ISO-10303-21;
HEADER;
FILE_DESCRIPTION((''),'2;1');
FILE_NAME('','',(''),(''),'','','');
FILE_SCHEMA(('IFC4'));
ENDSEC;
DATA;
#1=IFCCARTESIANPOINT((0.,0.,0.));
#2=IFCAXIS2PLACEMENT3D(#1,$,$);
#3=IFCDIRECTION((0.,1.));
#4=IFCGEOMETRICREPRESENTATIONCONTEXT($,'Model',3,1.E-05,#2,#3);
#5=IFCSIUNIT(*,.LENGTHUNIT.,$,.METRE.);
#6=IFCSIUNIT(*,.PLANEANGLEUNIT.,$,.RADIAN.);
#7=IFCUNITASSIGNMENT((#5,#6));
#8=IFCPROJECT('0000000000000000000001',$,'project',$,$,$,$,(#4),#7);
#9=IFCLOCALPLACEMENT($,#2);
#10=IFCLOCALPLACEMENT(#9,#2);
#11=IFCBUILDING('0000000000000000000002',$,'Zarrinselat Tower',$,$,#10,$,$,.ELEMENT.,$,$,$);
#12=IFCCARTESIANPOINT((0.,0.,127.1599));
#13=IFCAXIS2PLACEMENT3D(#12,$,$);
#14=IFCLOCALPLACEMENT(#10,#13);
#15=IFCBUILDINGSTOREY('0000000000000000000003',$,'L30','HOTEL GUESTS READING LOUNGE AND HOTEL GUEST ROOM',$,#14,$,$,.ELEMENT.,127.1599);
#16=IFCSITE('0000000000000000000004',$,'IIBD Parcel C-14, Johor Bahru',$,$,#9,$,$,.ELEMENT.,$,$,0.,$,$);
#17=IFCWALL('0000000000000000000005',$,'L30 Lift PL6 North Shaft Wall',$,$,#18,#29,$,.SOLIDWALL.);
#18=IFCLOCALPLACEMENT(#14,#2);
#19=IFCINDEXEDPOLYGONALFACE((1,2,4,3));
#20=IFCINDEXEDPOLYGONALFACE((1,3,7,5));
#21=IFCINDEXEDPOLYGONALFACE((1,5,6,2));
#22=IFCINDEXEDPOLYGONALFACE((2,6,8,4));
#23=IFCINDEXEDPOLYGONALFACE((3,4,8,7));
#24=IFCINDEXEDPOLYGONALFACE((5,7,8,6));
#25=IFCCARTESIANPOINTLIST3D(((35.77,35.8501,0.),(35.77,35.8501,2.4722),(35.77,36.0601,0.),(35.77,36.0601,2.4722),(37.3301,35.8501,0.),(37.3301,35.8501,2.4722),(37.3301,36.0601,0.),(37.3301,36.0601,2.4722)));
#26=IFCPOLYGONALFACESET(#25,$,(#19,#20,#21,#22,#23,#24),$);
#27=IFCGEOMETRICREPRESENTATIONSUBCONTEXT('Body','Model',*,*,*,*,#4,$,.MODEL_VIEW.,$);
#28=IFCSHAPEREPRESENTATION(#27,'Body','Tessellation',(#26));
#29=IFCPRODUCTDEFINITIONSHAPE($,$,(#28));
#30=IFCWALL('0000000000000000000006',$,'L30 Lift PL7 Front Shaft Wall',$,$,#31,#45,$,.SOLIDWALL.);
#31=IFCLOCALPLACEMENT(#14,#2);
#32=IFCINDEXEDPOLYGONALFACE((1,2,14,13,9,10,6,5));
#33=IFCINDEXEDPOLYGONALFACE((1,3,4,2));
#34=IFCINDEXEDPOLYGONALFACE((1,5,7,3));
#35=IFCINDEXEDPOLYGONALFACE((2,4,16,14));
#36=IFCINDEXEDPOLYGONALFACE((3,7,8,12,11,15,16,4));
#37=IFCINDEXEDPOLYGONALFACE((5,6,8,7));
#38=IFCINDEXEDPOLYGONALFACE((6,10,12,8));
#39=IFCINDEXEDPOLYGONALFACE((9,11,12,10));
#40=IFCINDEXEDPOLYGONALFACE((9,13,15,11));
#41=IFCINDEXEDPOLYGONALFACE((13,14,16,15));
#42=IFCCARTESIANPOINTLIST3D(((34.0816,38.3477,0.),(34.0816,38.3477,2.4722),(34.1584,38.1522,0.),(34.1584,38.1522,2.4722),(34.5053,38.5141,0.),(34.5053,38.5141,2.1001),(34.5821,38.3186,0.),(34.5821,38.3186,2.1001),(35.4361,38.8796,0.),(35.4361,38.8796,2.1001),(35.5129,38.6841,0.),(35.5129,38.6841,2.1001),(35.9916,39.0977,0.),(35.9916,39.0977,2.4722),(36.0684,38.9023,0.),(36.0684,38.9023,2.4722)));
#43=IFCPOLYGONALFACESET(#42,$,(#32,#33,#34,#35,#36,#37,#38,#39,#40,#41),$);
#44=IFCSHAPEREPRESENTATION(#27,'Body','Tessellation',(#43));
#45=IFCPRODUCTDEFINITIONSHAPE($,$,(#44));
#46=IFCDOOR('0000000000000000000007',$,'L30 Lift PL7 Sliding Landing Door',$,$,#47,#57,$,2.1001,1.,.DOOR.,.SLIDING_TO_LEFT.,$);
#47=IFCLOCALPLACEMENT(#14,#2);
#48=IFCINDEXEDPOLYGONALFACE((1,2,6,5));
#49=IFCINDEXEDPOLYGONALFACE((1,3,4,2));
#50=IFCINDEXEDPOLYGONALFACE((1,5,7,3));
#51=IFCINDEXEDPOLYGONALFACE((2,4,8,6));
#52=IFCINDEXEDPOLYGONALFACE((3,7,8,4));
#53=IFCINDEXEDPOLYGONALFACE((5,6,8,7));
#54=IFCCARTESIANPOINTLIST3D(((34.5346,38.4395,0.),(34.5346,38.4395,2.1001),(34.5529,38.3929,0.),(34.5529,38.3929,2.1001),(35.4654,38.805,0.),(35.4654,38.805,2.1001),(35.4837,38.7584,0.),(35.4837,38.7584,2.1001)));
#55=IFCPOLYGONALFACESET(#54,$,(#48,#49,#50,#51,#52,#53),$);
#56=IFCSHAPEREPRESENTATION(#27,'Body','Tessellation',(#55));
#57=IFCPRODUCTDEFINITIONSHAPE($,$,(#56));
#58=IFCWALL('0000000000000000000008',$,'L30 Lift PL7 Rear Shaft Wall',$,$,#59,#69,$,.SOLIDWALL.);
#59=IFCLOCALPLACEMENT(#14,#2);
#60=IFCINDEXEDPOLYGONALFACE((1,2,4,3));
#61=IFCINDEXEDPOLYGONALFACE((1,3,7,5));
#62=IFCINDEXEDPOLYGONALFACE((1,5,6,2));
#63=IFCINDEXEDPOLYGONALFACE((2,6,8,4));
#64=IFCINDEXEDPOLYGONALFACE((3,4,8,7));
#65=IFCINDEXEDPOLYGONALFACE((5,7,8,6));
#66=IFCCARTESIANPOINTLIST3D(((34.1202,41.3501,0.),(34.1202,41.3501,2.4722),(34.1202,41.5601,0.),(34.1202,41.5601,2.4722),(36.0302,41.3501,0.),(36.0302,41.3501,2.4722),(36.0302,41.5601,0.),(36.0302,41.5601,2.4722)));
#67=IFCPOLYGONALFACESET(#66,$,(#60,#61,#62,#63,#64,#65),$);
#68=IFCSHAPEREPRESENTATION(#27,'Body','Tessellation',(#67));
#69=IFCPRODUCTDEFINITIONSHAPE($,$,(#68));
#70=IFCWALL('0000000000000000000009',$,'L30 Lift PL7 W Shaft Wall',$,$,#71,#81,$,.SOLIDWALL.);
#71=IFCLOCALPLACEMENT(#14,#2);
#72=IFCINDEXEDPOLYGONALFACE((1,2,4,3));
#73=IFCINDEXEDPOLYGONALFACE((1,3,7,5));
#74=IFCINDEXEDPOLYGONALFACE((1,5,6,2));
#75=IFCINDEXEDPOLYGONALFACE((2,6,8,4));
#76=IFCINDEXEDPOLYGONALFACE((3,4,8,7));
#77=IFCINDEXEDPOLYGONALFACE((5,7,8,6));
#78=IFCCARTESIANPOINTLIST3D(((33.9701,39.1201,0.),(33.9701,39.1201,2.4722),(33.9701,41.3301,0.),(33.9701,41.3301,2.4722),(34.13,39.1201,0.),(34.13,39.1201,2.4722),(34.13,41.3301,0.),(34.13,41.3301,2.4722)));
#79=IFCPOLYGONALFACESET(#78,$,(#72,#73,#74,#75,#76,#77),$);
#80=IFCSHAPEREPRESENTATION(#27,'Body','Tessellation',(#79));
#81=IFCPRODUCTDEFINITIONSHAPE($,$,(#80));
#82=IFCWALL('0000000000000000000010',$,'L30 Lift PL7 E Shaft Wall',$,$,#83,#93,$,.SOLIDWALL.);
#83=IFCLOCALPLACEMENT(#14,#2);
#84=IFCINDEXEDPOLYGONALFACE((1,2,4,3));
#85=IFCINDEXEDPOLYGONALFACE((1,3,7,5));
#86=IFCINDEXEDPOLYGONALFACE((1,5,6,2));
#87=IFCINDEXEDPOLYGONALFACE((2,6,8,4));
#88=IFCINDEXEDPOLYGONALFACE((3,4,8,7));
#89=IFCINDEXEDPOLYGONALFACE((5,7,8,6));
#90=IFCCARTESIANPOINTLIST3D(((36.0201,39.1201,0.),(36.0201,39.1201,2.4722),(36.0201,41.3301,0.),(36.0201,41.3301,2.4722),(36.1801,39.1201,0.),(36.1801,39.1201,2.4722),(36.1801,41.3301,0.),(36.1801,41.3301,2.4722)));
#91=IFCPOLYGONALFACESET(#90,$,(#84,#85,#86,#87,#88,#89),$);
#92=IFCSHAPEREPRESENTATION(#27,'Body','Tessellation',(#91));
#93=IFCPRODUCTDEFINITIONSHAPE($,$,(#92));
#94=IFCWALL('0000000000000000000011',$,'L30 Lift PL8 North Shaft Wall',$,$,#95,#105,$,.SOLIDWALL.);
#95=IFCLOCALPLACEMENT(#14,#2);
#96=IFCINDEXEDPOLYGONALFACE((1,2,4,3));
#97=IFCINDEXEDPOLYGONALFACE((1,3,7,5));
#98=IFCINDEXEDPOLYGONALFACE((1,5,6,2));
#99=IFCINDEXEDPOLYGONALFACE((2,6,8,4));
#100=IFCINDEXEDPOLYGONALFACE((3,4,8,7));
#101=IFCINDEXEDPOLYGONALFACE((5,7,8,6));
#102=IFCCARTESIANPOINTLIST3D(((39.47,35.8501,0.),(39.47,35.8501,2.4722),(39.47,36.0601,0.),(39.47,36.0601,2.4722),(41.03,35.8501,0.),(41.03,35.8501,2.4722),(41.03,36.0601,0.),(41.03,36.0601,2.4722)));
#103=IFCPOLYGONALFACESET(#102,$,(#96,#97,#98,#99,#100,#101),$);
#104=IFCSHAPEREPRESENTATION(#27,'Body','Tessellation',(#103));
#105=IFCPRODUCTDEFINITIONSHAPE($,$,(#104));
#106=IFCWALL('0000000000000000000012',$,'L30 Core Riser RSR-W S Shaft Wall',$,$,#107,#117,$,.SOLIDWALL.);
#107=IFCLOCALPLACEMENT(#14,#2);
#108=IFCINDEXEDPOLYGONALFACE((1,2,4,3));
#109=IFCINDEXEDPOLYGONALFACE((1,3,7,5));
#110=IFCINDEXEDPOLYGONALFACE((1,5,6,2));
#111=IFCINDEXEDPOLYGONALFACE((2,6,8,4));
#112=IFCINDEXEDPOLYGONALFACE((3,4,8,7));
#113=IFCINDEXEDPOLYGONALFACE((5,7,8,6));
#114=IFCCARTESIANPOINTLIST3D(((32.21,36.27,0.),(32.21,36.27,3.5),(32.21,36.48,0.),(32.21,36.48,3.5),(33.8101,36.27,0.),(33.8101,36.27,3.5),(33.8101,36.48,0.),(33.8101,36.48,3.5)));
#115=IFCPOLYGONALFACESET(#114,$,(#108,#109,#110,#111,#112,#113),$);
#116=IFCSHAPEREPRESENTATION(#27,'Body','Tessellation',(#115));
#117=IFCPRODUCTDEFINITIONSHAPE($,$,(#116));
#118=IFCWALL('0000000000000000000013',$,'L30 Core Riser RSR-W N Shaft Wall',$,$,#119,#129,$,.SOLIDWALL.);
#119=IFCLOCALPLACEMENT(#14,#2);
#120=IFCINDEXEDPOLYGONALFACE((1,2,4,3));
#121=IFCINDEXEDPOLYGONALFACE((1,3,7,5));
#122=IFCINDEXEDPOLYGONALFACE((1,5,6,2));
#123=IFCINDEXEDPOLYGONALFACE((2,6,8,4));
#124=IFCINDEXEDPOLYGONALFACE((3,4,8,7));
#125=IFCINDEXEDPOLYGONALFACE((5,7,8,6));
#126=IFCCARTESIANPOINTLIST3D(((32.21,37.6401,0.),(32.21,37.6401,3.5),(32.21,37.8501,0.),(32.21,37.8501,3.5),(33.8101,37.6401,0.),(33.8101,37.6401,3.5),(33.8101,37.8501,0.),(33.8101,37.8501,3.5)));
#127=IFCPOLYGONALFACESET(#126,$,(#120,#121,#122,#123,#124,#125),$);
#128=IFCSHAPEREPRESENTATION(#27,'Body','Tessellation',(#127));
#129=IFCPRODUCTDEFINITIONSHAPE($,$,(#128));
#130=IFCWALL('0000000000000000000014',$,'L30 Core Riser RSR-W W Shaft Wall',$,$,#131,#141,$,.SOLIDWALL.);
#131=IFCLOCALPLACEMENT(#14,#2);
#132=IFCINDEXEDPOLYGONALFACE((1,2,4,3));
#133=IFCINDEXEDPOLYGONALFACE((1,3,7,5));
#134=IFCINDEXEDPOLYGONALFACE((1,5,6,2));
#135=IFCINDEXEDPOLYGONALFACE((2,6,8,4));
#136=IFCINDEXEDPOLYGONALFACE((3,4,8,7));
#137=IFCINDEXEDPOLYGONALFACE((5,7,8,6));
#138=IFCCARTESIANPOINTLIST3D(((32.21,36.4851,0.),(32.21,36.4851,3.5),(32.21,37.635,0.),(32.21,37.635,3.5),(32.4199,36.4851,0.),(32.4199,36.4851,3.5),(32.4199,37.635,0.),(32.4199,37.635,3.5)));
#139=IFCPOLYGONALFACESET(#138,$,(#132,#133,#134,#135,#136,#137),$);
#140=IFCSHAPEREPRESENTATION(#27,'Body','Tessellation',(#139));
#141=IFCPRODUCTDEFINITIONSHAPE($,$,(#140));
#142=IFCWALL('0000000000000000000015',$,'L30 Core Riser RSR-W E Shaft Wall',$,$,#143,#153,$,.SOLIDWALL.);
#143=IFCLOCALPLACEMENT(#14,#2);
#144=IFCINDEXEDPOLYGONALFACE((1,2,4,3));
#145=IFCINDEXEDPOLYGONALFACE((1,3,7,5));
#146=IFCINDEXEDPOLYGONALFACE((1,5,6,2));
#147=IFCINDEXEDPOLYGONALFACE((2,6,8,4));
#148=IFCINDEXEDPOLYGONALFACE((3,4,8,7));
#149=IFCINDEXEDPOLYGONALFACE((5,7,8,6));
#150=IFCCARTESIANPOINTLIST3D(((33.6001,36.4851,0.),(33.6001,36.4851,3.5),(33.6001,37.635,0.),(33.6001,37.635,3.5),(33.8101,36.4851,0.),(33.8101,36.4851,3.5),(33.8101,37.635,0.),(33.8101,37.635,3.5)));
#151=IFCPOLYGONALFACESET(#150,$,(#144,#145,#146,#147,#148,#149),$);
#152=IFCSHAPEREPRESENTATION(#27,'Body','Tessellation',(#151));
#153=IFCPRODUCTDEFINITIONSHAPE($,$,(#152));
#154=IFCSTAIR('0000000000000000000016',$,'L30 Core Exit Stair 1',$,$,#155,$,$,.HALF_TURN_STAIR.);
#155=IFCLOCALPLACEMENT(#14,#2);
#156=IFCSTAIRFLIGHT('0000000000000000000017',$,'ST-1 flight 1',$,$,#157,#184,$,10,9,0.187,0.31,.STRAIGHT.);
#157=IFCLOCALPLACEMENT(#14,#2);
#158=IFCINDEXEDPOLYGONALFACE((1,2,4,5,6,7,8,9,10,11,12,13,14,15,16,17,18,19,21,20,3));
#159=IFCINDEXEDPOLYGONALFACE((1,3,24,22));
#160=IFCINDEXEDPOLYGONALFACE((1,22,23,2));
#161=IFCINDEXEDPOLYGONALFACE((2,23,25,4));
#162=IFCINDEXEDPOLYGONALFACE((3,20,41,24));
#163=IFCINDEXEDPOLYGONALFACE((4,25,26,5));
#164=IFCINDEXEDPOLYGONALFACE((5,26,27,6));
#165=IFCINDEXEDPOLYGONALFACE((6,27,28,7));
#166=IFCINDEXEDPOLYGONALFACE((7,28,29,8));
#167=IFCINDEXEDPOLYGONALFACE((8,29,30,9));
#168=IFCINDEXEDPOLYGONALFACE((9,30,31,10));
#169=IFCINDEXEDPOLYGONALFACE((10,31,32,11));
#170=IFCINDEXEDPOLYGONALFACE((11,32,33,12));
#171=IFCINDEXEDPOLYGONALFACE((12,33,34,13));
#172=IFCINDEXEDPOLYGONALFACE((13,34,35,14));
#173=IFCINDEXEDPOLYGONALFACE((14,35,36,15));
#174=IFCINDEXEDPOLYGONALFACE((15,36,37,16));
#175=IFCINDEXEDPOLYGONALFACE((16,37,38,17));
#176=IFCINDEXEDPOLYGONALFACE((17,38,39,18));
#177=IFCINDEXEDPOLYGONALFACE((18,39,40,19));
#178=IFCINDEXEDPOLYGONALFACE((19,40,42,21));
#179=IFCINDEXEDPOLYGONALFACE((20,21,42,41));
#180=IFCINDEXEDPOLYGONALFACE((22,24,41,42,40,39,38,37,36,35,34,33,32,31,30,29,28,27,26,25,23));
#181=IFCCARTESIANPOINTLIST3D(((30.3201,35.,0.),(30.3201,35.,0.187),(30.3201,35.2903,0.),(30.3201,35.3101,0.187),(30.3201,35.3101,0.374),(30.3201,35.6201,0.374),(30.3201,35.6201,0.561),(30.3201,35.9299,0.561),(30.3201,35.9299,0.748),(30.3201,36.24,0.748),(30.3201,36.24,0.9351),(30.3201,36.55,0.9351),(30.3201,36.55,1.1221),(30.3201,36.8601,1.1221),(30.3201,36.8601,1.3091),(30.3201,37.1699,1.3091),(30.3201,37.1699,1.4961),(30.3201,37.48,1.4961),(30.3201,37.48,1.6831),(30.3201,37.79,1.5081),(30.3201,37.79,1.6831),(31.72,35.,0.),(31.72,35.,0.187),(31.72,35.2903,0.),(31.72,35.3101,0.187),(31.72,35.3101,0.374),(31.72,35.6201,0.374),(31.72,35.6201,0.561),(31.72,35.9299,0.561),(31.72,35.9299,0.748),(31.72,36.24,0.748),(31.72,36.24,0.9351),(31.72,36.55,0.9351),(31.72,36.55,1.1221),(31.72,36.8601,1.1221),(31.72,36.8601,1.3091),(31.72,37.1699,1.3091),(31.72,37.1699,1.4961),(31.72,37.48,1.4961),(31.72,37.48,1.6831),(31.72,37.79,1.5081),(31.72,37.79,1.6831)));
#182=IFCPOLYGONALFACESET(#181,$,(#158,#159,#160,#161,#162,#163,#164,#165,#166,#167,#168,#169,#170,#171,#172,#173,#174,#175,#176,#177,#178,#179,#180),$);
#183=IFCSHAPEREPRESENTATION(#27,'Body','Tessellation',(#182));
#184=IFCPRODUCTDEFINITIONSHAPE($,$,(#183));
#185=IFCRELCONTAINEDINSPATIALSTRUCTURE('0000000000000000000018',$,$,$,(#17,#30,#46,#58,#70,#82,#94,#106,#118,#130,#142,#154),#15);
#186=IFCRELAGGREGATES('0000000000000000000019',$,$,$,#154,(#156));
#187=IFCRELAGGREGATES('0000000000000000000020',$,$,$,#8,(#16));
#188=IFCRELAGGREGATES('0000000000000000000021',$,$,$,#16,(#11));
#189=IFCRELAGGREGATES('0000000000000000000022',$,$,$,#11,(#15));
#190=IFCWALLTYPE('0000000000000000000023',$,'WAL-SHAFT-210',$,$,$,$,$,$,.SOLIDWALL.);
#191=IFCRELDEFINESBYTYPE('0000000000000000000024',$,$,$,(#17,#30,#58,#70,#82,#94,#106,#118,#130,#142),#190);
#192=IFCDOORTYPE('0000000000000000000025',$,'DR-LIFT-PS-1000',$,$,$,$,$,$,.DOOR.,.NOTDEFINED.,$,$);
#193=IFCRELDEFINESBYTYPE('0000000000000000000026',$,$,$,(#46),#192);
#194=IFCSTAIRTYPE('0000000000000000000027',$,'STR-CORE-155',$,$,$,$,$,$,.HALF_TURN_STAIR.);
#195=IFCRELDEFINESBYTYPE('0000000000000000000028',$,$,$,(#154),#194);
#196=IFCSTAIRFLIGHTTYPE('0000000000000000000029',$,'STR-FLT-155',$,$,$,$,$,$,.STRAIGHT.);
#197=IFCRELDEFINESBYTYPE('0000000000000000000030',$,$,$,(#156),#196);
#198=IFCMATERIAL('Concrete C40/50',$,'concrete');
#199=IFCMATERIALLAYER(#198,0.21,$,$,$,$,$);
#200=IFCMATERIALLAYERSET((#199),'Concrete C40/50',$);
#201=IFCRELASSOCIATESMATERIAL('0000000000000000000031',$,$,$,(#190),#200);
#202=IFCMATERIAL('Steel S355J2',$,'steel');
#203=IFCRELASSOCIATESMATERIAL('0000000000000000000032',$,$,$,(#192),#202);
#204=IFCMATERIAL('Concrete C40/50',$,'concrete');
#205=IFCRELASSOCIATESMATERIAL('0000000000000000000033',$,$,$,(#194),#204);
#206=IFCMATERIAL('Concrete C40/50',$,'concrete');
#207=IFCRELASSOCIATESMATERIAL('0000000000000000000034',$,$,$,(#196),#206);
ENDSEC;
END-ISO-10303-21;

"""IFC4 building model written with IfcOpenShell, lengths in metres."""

from ifc_helpers import new_model, si_unit, direction, frame, frame_2d, origin, place, context, subcontext, project, spatial, polyline, rectangle, outline, extrude, material, layer, layer_set, type_object, element, fill, aggregate, save


model = new_model("IFC4")

# Units and contexts
model_context = context("Model", 3, precision=1e-05, world=origin(), true_north=direction((0.0, 1.0)))
body_context = subcontext(model_context, "Body", "Model", "MODEL_VIEW")
ifc_project = project(units=[si_unit("LENGTHUNIT", "METRE"), si_unit("PLANEANGLEUNIT", "RADIAN")], contexts=[model_context])

# Site, building, storey
site_placement = place(None, origin())
site = spatial("IfcSite", under=ifc_project, at=site_placement, Name="IIBD Parcel C-14, Johor Bahru", CompositionType="ELEMENT", RefElevation=0.0)
building_placement = place(site_placement, origin())
building = spatial("IfcBuilding", under=site, at=building_placement, Name="Zarrinselat Tower", CompositionType="ELEMENT")
storey_placement = place(building_placement, frame((0.0, 0.0, 127.1599)))
storey = spatial("IfcBuildingStorey", under=building, at=storey_placement, Name="L30", Description="HOTEL GUESTS READING LOUNGE AND HOTEL GUEST ROOM", CompositionType="ELEMENT", Elevation=127.1599)

# Wall
ifc_material_1 = material(Name="Concrete C40/50", Category="concrete")
ifc_layer_1 = layer(ifc_material_1, 0.21)
ifc_layer_set_1 = layer_set([ifc_layer_1], Name="Concrete C40/50")
wall_type_1 = type_object("IfcWallType", Name="WAL-SHAFT-210", PredefinedType="SOLIDWALL", material=ifc_layer_set_1)
wall_1_placement = place(storey_placement, frame((35.77, 35.9551, 0.0), z_axis=(0.0, 0.0, 1.0), x_axis=(1.0, 0.0, 0.0)))
element("IfcWall", 1, at=wall_1_placement, inside=storey, type_object=wall_type_1, Name="L30 Lift PL6 North Shaft Wall", PredefinedType="SOLIDWALL", context=body_context, shape_type="SweptSolid", body=[
    extrude(rectangle(XDim=1.5601, YDim=0.21, at=frame_2d((0.78, 0.0))), origin(), (0.0, 0.0, 1.0), 2.4722),
])

# Wall, opening, door
wall_2_placement = place(storey_placement, frame((34.1201, 38.25, 0.0), z_axis=(0.0, 0.0, 1.0), x_axis=(0.930805, 0.365516, 0.0)))
wall_2 = element("IfcWall", 2, at=wall_2_placement, inside=storey, type_object=wall_type_1, Name="L30 Lift PL7 Front Shaft Wall", PredefinedType="SOLIDWALL", context=body_context, shape_type="SweptSolid", body=[
    extrude(rectangle(XDim=2.052, YDim=0.21, at=frame_2d((1.0259, 0.0))), origin(), (0.0, 0.0, 1.0), 2.4722),
])
opening_placement = place(wall_2_placement, frame((0.4551, 0.0, 0.0)))
opening = element("IfcOpeningElement", 3, at=opening_placement, cuts=wall_2, PredefinedType="OPENING", context=body_context, shape_type="SweptSolid", body=[
    extrude(rectangle(XDim=1.0, YDim=2.1001, at=frame_2d((0.5, 1.05))), frame((0.0, 0.115, 0.0), z_axis=(0.0, -1.0, 0.0), x_axis=(1.0, 0.0, 0.0)), (0.0, 0.0, 1.0), 0.23),
])
ifc_material_2 = material(Name="Steel S355J2", Category="steel")
door_type = type_object("IfcDoorType", Name="DR-LIFT-PS-1000", OperationType="NOTDEFINED", PredefinedType="DOOR", material=ifc_material_2)
door_placement = place(opening_placement, origin())
door = element("IfcDoor", 4, at=door_placement, inside=storey, type_object=door_type, Name="L30 Lift PL7 Sliding Landing Door", OperationType="SLIDING_TO_LEFT", OverallHeight=2.1001, OverallWidth=1.0, PredefinedType="DOOR", context=body_context, shape_type="SweptSolid", body=[
    extrude(rectangle(XDim=1.0, YDim=2.1001, at=frame_2d((0.5, 1.05))), frame((0.0, 0.0249, 0.0), z_axis=(0.0, -1.0, 0.0), x_axis=(1.0, 0.0, 0.0)), (0.0, 0.0, 1.0), 0.05),
])
fill(opening, door)

# Walls
wall_3_placement = place(storey_placement, frame((34.1201, 41.4551, 0.0), z_axis=(0.0, 0.0, 1.0), x_axis=(1.0, 0.0, 0.0)))
element("IfcWall", 5, at=wall_3_placement, inside=storey, type_object=wall_type_1, Name="L30 Lift PL7 Rear Shaft Wall", PredefinedType="SOLIDWALL", context=body_context, shape_type="SweptSolid", body=[
    extrude(rectangle(XDim=1.9099, YDim=0.21, at=frame_2d((0.9551, 0.0))), origin(), (0.0, 0.0, 1.0), 2.4722),
])
for number, where, z_axis, x_axis, name in (
    (6, (34.05, 39.1201, 0.0), (0.0, 0.0, 1.0), (0.0, 1.0, 0.0), "L30 Lift PL7 W Shaft Wall"),
    (7, (36.1001, 39.1201, 0.0), (0.0, 0.0, 1.0), (0.0, 1.0, 0.0), "L30 Lift PL7 E Shaft Wall"),
):
    element("IfcWall", number, at=place(storey_placement, frame(where, z_axis=z_axis, x_axis=x_axis)), inside=storey, type_object=wall_type_1, Name=name, PredefinedType="SOLIDWALL", context=body_context, shape_type="SweptSolid", body=[
        extrude(rectangle(XDim=2.21, YDim=0.1599, at=frame_2d((1.105, 0.0))), origin(), (0.0, 0.0, 1.0), 2.4722),
    ])
wall_4_placement = place(storey_placement, frame((39.47, 35.9551, 0.0), z_axis=(0.0, 0.0, 1.0), x_axis=(1.0, 0.0, 0.0)))
element("IfcWall", 8, at=wall_4_placement, inside=storey, type_object=wall_type_1, Name="L30 Lift PL8 North Shaft Wall", PredefinedType="SOLIDWALL", context=body_context, shape_type="SweptSolid", body=[
    extrude(rectangle(XDim=1.5601, YDim=0.21, at=frame_2d((0.78, 0.0))), origin(), (0.0, 0.0, 1.0), 2.4722),
])
for number, where, z_axis, x_axis, name in (
    (9, (32.21, 36.375, 0.0), (0.0, 0.0, 1.0), (1.0, 0.0, 0.0), "L30 Core Riser RSR-W S Shaft Wall"),
    (10, (32.21, 37.7451, 0.0), (0.0, 0.0, 1.0), (1.0, 0.0, 0.0), "L30 Core Riser RSR-W N Shaft Wall"),
):
    element("IfcWall", number, at=place(storey_placement, frame(where, z_axis=z_axis, x_axis=x_axis)), inside=storey, type_object=wall_type_1, Name=name, PredefinedType="SOLIDWALL", context=body_context, shape_type="SweptSolid", body=[
        extrude(rectangle(XDim=1.6001, YDim=0.21, at=frame_2d((0.8, 0.0))), origin(), (0.0, 0.0, 1.0), 3.5),
    ])
for number, where, z_axis, x_axis, name in (
    (11, (32.3149, 36.4851, 0.0), (0.0, 0.0, 1.0), (0.0, 1.0, 0.0), "L30 Core Riser RSR-W W Shaft Wall"),
    (12, (33.7051, 36.4851, 0.0), (0.0, 0.0, 1.0), (0.0, 1.0, 0.0), "L30 Core Riser RSR-W E Shaft Wall"),
):
    element("IfcWall", number, at=place(storey_placement, frame(where, z_axis=z_axis, x_axis=x_axis)), inside=storey, type_object=wall_type_1, Name=name, PredefinedType="SOLIDWALL", context=body_context, shape_type="SweptSolid", body=[
        extrude(rectangle(XDim=1.1499, YDim=0.21, at=frame_2d((0.575, 0.0))), origin(), (0.0, 0.0, 1.0), 3.5),
    ])

# Stair, stair flight
ifc_material_3 = material(Name="Concrete C40/50", Category="concrete")
stair_type = type_object("IfcStairType", Name="STR-CORE-155", PredefinedType="HALF_TURN_STAIR", material=ifc_material_3)
stair_placement = place(storey_placement, origin())
stair = element("IfcStair", 13, at=stair_placement, inside=storey, type_object=stair_type, Name="L30 Core Exit Stair 1", PredefinedType="HALF_TURN_STAIR")
ifc_material_4 = material(Name="Concrete C40/50", Category="concrete")
stair_flight_type = type_object("IfcStairFlightType", Name="STR-FLT-155", PredefinedType="STRAIGHT", material=ifc_material_4)
stair_flight_placement = place(storey_placement, frame((31.02, 35.0, 0.0), z_axis=(0.0, 0.0, 1.0), x_axis=(0.0, 1.0, 0.0)))
stair_flight = element("IfcStairFlight", 14, at=stair_flight_placement, type_object=stair_flight_type, Name="ST-1 flight 1", NumberOfRisers=10, NumberOfTreads=9, PredefinedType="STRAIGHT", RiserHeight=0.187, TreadLength=0.31, context=body_context, shape_type="SweptSolid", body=[
    extrude(outline(polyline([(0.0, 0.0), (0.0, 0.187), (0.3101, 0.187), (0.3101, 0.374), (0.6201, 0.374), (0.6201, 0.561), (0.9299, 0.561), (0.9299, 0.748), (1.24, 0.748), (1.24, 0.9351), (1.55, 0.9351), (1.55, 1.1221), (1.8601, 1.1221), (1.8601, 1.3091), (2.1699, 1.3091), (2.1699, 1.4961), (2.48, 1.4961), (2.48, 1.6831), (2.79, 1.6831), (2.79, 1.8701), (2.79, 1.5081), (0.2903, 0.0), (0.0, 0.0)])), frame((0.0, 0.7, 0.0), z_axis=(0.0, -1.0, 0.0), x_axis=(1.0, 0.0, 0.0)), (0.0, 0.0, 1.0), 1.3999),
])
aggregate(stair, [stair_flight])

save(model, "model.ifc")
